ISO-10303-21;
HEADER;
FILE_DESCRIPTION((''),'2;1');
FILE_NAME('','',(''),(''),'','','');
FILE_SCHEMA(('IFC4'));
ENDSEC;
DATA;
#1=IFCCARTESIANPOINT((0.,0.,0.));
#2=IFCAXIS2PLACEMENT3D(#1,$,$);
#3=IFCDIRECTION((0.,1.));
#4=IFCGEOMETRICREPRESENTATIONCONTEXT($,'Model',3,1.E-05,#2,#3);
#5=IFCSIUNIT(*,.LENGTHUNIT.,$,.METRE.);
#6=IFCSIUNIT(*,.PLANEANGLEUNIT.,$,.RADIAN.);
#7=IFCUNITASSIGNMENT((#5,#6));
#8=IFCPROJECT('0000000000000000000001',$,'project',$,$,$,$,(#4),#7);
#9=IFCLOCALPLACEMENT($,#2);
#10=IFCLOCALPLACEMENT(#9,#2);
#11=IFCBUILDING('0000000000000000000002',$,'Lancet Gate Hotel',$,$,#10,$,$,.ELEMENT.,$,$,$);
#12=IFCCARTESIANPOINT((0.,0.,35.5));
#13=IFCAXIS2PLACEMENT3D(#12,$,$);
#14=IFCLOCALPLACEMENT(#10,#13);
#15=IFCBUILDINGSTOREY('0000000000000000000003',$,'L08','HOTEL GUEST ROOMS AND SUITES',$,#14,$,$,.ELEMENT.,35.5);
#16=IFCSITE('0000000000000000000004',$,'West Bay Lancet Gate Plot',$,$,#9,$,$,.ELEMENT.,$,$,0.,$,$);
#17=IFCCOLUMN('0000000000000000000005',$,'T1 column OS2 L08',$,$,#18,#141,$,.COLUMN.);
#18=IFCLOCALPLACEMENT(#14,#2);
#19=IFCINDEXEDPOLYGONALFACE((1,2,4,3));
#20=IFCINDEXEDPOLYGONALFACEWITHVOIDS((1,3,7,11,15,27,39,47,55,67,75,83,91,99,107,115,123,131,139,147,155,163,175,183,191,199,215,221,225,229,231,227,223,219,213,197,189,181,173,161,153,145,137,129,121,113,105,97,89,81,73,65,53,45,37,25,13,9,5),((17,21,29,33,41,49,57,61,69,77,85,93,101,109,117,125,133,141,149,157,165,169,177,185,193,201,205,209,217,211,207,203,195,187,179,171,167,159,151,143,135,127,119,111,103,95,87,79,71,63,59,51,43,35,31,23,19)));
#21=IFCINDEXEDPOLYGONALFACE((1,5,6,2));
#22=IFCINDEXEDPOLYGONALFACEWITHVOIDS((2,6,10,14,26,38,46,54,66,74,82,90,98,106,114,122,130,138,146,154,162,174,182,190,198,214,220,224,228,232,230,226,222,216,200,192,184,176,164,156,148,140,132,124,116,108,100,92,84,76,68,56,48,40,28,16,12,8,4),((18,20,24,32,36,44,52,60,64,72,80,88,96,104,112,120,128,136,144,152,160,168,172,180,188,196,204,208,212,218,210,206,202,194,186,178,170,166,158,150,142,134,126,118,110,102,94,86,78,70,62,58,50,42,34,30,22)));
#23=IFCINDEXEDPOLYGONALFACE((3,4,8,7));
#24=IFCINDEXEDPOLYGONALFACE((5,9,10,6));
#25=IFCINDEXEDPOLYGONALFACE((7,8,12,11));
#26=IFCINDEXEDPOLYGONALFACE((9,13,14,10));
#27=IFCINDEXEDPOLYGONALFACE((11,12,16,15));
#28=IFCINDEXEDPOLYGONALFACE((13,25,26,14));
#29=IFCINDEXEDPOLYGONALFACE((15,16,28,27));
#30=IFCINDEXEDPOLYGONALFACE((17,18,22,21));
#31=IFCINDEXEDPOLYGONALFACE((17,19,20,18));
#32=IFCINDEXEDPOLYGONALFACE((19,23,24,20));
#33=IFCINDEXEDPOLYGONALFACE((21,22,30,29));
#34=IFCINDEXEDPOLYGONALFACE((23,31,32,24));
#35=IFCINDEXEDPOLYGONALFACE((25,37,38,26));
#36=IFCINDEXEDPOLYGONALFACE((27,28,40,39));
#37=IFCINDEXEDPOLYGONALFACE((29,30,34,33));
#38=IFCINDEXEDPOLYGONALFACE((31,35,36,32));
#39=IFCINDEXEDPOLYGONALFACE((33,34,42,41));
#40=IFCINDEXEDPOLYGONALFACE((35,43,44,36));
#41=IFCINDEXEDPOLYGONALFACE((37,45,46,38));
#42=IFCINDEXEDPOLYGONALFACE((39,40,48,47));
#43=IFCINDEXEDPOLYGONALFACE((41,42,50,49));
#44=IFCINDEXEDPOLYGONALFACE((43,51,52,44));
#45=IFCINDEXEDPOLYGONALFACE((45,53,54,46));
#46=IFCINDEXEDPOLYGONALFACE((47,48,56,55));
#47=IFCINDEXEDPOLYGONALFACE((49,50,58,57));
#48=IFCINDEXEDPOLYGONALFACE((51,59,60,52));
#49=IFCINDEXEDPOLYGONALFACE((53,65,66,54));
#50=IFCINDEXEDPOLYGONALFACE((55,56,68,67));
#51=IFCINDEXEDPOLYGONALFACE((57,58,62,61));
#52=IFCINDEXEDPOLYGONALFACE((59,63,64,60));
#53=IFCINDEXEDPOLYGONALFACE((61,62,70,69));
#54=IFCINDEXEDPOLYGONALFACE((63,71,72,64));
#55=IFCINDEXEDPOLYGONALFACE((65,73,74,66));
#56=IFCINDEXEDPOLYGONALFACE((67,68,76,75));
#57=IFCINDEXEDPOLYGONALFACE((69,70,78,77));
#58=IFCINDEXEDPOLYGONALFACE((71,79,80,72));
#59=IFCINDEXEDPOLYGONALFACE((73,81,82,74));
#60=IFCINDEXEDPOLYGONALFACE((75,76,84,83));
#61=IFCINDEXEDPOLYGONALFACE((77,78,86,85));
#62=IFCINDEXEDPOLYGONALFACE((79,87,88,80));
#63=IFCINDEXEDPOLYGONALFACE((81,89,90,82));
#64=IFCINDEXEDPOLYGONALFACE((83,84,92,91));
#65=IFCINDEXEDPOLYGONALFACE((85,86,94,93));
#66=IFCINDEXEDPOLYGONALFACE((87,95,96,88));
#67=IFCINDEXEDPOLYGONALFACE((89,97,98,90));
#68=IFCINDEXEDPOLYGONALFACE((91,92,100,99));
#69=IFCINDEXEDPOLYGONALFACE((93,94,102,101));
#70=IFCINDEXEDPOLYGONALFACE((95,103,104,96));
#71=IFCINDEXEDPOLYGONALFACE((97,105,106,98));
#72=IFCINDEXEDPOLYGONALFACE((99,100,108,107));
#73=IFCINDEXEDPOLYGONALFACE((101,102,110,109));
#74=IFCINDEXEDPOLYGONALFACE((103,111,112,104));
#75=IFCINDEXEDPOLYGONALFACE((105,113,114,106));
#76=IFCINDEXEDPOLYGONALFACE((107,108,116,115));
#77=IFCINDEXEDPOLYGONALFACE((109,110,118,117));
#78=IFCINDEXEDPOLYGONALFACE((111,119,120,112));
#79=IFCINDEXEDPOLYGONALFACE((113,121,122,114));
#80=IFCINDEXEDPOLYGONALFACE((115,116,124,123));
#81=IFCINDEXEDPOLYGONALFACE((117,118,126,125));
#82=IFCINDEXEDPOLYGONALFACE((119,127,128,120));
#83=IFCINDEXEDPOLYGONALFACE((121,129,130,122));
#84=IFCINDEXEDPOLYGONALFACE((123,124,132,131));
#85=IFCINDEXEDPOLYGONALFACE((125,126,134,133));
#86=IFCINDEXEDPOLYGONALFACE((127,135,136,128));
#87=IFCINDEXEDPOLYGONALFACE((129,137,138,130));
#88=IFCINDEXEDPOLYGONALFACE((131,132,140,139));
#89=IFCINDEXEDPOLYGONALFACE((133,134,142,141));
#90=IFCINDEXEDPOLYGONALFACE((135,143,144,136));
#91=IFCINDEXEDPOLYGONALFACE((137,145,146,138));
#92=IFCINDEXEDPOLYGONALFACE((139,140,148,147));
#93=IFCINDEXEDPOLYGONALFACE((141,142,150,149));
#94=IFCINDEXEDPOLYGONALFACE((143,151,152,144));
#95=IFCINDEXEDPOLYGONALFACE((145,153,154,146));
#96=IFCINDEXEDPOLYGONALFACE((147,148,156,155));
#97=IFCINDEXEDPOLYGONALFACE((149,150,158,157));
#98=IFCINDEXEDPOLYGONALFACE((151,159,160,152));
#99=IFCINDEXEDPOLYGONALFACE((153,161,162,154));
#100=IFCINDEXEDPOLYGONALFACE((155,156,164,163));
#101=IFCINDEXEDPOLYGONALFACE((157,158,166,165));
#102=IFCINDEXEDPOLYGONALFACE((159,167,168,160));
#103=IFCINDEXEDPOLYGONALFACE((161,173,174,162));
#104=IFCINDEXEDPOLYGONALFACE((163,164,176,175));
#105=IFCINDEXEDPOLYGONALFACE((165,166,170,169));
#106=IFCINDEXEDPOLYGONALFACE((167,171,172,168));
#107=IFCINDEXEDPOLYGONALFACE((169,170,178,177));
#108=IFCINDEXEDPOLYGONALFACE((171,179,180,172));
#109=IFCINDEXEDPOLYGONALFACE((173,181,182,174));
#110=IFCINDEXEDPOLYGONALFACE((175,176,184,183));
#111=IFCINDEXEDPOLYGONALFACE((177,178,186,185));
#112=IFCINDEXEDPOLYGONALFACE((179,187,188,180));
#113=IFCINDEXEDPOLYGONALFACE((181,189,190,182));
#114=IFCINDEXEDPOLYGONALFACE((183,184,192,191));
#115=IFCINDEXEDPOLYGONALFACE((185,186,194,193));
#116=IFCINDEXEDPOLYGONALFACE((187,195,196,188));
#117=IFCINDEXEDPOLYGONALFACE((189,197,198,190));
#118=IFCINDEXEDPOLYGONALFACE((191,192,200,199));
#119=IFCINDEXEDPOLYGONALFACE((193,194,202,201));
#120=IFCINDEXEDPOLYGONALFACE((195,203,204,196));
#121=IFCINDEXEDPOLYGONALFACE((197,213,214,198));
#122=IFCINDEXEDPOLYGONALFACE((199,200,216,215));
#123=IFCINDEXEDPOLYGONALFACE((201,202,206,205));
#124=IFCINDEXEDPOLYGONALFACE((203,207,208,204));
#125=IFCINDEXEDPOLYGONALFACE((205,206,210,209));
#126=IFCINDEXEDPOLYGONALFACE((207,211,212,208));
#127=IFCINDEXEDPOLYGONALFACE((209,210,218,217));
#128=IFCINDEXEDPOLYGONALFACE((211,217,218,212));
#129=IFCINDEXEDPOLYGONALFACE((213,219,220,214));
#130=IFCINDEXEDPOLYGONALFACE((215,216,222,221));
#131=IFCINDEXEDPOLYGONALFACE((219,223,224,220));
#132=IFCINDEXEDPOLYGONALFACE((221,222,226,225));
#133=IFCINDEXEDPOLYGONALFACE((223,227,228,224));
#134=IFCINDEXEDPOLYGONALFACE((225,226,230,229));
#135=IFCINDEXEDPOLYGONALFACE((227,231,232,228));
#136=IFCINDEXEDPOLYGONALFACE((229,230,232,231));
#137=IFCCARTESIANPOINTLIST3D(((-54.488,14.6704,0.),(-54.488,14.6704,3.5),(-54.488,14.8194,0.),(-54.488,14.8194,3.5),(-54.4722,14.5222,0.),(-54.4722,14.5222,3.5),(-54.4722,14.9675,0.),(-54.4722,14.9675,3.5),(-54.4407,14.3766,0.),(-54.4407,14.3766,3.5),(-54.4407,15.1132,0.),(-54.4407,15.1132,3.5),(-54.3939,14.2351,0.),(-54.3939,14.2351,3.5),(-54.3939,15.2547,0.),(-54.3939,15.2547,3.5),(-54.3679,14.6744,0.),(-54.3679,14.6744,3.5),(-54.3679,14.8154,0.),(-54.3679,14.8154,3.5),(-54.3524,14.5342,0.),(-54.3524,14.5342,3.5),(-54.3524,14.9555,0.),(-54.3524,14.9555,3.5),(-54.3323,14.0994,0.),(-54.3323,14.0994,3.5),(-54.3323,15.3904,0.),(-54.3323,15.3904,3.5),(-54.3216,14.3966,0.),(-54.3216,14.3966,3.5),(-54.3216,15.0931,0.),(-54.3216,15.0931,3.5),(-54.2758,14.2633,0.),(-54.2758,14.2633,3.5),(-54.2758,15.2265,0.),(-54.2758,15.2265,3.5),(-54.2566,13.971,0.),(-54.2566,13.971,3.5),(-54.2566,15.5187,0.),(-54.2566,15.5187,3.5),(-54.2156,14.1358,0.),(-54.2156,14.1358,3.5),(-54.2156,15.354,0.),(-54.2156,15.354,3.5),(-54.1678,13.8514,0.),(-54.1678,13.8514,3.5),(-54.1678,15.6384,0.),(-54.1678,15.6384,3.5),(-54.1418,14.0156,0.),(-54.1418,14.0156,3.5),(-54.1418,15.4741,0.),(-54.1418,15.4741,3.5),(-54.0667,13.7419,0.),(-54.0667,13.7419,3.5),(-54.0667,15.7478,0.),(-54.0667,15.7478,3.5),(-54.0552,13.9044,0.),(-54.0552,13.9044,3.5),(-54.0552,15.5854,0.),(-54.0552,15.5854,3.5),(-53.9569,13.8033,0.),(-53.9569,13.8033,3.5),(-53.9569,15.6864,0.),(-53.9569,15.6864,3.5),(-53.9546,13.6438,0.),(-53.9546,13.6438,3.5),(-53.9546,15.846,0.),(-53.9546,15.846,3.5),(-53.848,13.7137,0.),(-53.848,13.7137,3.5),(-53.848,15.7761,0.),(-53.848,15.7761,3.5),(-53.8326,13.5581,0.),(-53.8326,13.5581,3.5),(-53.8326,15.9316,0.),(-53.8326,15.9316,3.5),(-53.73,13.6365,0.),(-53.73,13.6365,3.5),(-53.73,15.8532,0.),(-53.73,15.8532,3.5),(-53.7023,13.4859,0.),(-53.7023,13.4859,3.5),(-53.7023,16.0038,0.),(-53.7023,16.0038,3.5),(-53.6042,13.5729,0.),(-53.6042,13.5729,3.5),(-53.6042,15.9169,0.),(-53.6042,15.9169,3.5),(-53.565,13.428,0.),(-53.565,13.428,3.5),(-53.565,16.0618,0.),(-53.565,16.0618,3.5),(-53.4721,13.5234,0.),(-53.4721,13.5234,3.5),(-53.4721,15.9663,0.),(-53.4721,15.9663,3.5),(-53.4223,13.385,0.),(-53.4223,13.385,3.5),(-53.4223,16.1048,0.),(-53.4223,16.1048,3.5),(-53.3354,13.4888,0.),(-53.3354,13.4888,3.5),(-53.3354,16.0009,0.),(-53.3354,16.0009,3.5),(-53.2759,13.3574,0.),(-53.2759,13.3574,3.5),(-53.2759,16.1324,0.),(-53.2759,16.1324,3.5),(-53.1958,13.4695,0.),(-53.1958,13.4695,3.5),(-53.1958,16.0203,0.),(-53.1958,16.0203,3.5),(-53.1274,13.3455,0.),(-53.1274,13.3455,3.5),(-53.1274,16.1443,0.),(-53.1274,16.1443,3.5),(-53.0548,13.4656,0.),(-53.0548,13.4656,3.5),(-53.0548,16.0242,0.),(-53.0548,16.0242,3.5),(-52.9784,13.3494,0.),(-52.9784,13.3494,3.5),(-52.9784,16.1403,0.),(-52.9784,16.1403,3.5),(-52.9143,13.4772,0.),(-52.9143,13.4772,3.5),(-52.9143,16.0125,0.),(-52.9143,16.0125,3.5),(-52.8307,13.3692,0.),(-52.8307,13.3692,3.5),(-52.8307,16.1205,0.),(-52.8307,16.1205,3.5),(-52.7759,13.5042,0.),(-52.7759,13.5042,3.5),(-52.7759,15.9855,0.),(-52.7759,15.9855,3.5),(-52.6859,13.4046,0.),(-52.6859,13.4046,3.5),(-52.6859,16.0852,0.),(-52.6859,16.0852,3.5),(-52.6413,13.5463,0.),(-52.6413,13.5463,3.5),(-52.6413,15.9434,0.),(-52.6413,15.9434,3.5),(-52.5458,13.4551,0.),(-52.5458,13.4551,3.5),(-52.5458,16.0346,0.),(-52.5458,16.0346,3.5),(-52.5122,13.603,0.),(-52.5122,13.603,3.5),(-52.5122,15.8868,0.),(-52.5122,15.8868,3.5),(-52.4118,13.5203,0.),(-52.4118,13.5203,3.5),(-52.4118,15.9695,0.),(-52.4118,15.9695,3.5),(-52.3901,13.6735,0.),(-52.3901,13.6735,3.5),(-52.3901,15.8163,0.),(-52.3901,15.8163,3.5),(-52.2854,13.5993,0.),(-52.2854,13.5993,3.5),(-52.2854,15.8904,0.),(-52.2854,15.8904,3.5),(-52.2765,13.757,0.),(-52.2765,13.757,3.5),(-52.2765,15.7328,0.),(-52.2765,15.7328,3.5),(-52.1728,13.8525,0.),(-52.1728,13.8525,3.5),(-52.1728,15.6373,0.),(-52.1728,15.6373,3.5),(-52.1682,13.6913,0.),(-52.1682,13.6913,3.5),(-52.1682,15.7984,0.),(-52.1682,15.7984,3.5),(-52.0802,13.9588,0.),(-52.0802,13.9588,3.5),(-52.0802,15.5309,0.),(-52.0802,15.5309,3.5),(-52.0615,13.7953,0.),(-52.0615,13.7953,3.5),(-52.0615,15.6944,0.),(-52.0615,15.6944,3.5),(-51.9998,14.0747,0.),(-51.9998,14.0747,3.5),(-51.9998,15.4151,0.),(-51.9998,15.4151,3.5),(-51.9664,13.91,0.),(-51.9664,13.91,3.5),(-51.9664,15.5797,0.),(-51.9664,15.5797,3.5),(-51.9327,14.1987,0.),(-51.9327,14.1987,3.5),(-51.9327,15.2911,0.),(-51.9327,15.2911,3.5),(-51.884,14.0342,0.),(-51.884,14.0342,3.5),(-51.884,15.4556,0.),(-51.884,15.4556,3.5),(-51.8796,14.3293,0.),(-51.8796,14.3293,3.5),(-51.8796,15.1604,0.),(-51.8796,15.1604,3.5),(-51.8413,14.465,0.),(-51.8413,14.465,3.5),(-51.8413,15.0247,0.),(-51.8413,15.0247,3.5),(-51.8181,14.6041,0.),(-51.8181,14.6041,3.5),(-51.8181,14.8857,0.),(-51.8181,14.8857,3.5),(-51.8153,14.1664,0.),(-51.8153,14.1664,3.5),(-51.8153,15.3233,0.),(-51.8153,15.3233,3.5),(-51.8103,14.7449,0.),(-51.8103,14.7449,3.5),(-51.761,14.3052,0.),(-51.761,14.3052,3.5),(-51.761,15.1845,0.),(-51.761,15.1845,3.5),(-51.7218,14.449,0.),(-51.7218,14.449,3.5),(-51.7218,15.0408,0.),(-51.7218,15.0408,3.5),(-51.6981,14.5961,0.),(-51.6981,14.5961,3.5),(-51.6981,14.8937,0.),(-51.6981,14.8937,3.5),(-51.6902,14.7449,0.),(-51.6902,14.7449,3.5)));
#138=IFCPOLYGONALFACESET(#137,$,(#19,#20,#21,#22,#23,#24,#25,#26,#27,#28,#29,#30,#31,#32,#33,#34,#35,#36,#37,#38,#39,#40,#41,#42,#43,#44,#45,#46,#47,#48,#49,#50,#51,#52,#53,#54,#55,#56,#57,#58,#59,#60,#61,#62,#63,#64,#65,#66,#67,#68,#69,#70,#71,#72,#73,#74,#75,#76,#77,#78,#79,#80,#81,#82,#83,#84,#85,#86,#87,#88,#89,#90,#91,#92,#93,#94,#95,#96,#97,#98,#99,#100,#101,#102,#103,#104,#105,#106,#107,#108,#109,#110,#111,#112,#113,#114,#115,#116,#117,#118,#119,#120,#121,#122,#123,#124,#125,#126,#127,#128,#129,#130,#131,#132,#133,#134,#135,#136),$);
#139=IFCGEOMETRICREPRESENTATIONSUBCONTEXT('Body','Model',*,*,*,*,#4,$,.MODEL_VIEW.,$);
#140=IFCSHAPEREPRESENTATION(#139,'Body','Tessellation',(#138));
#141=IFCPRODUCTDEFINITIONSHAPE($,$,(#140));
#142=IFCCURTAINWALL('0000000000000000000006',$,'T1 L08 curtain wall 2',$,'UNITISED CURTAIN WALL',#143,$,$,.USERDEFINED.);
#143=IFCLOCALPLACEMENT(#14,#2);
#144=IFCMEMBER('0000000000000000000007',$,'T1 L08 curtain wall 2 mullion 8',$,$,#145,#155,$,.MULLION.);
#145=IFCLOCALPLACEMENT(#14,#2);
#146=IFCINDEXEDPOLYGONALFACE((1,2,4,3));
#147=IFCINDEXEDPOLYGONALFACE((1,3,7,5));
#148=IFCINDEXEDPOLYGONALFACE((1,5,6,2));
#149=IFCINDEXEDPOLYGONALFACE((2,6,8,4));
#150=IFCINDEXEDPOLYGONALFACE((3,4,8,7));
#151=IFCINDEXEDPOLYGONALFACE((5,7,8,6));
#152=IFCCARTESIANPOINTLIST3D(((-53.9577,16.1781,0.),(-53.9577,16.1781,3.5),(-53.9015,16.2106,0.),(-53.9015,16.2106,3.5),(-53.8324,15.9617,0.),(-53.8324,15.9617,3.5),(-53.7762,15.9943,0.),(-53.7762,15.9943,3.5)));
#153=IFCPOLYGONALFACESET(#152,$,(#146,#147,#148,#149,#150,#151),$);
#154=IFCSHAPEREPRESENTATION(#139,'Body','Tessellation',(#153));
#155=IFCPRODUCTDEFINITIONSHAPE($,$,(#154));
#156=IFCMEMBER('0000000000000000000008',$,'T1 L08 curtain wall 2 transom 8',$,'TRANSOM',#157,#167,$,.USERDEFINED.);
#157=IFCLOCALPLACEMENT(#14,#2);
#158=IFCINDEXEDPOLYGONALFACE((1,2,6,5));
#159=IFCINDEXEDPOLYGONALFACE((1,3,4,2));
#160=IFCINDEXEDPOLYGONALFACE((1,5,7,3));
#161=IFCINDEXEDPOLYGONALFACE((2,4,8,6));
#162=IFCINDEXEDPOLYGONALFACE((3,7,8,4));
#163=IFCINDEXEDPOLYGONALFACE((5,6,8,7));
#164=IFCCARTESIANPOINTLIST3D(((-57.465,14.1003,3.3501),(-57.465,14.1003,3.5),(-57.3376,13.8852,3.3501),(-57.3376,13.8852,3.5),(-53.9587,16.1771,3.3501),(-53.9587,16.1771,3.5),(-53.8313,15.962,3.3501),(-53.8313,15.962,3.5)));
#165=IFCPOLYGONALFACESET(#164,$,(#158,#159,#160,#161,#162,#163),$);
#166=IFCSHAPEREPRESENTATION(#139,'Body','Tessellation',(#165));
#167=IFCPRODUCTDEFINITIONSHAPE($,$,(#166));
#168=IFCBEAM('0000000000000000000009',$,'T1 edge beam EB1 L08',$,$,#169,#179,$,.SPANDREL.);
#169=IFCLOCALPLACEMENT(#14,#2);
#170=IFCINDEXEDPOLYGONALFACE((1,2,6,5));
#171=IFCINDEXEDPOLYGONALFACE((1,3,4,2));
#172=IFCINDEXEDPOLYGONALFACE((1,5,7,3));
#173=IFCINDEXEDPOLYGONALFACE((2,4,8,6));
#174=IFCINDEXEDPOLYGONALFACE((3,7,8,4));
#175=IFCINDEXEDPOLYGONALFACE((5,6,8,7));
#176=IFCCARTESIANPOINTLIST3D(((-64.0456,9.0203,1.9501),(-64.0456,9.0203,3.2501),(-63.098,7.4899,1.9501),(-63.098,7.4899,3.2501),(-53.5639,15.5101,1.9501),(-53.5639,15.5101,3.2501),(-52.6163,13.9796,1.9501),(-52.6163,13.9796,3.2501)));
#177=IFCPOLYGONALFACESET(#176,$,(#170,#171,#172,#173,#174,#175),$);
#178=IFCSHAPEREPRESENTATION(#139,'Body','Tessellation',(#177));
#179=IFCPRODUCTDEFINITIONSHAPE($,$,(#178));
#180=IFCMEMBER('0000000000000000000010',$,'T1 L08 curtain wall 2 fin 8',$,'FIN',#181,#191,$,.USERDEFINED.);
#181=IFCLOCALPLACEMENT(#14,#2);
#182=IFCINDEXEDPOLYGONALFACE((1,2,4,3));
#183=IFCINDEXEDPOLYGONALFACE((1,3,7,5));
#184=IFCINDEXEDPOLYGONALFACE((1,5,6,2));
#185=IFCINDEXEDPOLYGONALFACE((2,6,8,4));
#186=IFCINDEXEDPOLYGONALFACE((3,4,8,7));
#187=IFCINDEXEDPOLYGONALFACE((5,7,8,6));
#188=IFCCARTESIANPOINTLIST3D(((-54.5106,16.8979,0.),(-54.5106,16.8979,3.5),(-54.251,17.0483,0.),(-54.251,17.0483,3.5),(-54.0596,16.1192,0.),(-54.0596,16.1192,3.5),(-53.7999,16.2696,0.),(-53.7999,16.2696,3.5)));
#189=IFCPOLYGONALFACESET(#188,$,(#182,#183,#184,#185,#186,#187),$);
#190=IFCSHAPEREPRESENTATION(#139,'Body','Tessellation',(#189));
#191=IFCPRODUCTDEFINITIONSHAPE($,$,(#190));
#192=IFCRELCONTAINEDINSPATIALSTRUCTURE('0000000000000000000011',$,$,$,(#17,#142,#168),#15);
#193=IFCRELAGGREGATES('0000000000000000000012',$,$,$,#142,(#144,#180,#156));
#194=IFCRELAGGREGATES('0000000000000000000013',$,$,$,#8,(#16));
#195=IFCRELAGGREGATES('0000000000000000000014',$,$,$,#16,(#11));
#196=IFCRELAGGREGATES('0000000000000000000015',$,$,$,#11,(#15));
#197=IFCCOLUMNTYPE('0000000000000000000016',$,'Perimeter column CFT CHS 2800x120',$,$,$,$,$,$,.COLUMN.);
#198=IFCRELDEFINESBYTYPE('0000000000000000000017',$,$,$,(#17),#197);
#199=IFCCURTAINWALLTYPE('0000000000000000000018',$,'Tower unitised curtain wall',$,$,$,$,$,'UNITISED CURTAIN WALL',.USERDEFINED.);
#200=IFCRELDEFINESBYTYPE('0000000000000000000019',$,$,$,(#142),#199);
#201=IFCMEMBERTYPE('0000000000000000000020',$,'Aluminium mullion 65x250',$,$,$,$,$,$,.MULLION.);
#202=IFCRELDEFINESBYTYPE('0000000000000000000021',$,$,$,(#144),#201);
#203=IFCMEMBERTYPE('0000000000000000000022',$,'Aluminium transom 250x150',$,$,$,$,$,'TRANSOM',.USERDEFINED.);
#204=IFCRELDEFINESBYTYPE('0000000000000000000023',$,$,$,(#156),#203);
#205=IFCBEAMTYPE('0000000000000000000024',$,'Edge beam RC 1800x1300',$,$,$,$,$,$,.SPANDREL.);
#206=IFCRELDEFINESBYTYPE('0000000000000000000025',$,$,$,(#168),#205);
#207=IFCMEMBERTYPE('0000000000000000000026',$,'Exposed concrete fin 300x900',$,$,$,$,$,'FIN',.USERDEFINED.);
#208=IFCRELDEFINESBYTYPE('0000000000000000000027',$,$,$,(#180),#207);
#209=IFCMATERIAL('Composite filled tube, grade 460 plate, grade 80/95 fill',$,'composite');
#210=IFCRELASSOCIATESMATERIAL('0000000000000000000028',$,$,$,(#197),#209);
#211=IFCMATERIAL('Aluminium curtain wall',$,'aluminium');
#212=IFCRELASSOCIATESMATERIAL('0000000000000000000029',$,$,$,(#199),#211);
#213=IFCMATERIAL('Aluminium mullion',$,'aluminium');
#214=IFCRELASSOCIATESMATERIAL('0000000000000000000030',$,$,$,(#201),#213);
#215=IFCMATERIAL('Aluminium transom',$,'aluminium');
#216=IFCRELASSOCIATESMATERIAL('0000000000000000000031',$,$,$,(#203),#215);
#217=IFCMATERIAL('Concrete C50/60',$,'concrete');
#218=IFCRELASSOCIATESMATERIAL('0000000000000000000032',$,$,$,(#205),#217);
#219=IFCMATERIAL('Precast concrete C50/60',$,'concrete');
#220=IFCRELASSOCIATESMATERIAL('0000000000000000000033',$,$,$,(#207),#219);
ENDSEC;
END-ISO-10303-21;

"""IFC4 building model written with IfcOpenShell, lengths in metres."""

from ifc_helpers import new_model, si_unit, direction, frame, origin, origin_2d, place, context, subcontext, project, spatial, rectangle, hollow_circle, extrude, material, material_profile, profile_set, type_object, element, aggregate, save


model = new_model("IFC4")

# Units and contexts
model_context = context("Model", 3, precision=1e-05, world=origin(), true_north=direction((0.0, 1.0)))
body_context = subcontext(model_context, "Body", "Model", "MODEL_VIEW")
ifc_project = project(units=[si_unit("LENGTHUNIT", "METRE"), si_unit("PLANEANGLEUNIT", "RADIAN")], contexts=[model_context])

# Site, building, storey
site_placement = place(None, origin())
site = spatial("IfcSite", under=ifc_project, at=site_placement, Name="West Bay Lancet Gate Plot", CompositionType="ELEMENT", RefElevation=0.0)
building_placement = place(site_placement, origin())
building = spatial("IfcBuilding", under=site, at=building_placement, Name="Lancet Gate Hotel", CompositionType="ELEMENT")
storey_placement = place(building_placement, frame((0.0, 0.0, 35.5)))
storey = spatial("IfcBuildingStorey", under=building, at=storey_placement, Name="L08", Description="HOTEL GUEST ROOMS AND SUITES", CompositionType="ELEMENT", Elevation=35.5)

# Column
ifc_material_1 = material(Name="Composite filled tube, grade 460 plate, grade 80/95 fill", Category="composite")
ifc_material_profile_1 = material_profile(ifc_material_1, hollow_circle(Radius=1.3999, WallThickness=0.1201, at=origin_2d()), Name="CHS 2800x120")
ifc_profile_set_1 = profile_set([ifc_material_profile_1], Name="Composite filled tube, grade 460 plate, grade 80/95 fill")
column_type = type_object("IfcColumnType", Name="Perimeter column CFT CHS 2800x120", PredefinedType="COLUMN", material=ifc_profile_set_1)
column_placement = place(storey_placement, frame((-53.0901, 14.7449, 0.0), z_axis=(0.0, 0.0, 1.0), x_axis=(1.0, 0.0, 0.0)))
element("IfcColumn", 1, at=column_placement, inside=storey, type_object=column_type, Name="T1 column OS2 L08", PredefinedType="COLUMN", context=body_context, shape_type="SweptSolid", body=[
    extrude(hollow_circle(Radius=1.3999, WallThickness=0.1201, at=origin_2d()), origin(), (0.0, 0.0, 1.0), 3.5),
])

# Curtain wall, members
ifc_material_2 = material(Name="Aluminium curtain wall", Category="aluminium")
curtain_wall_type = type_object("IfcCurtainWallType", Name="Tower unitised curtain wall", ElementType="UNITISED CURTAIN WALL", PredefinedType="USERDEFINED", material=ifc_material_2)
curtain_wall_placement = place(storey_placement, origin())
curtain_wall = element("IfcCurtainWall", 2, at=curtain_wall_placement, inside=storey, type_object=curtain_wall_type, Name="T1 L08 curtain wall 2", ObjectType="UNITISED CURTAIN WALL", PredefinedType="USERDEFINED")
ifc_material_3 = material(Name="Aluminium mullion", Category="aluminium")
ifc_material_profile_2 = material_profile(ifc_material_3, rectangle(XDim=0.0649, YDim=0.25, at=origin_2d()), Name="MULLION 65x250")
ifc_profile_set_2 = profile_set([ifc_material_profile_2], Name="Aluminium mullion")
member_type_1 = type_object("IfcMemberType", Name="Aluminium mullion 65x250", PredefinedType="MULLION", material=ifc_profile_set_2)
member_1_placement = place(storey_placement, frame((-53.8669, 16.0862, 0.0), z_axis=(0.0, 0.0, 1.0), x_axis=(-0.865335, -0.501194, 0.0)))
member_1 = element("IfcMember", 3, at=member_1_placement, type_object=member_type_1, Name="T1 L08 curtain wall 2 mullion 8", PredefinedType="MULLION", context=body_context, shape_type="SweptSolid", body=[
    extrude(rectangle(XDim=0.0649, YDim=0.25, at=origin_2d()), origin(), (0.0, 0.0, 1.0), 3.5),
])
ifc_material_4 = material(Name="Aluminium transom", Category="aluminium")
ifc_material_profile_3 = material_profile(ifc_material_4, rectangle(XDim=0.25, YDim=0.1499, at=origin_2d()), Name="TRANSOM 250x150")
ifc_profile_set_3 = profile_set([ifc_material_profile_3], Name="Aluminium transom")
member_type_2 = type_object("IfcMemberType", Name="Aluminium transom 250x150", ElementType="TRANSOM", PredefinedType="USERDEFINED", material=ifc_profile_set_3)
member_2_placement = place(storey_placement, frame((-53.895, 16.0696, 3.425), z_axis=(-0.860392, -0.509633, 0.0), x_axis=(0.509633, -0.860392, 0.0)))
member_2 = element("IfcMember", 4, at=member_2_placement, type_object=member_type_2, Name="T1 L08 curtain wall 2 transom 8", ObjectType="TRANSOM", PredefinedType="USERDEFINED", context=body_context, shape_type="SweptSolid", body=[
    extrude(rectangle(XDim=0.25, YDim=0.1499, at=origin_2d()), origin(), (0.0, 0.0, 1.0), 4.0752),
])

# Beam
ifc_material_5 = material(Name="Concrete C50/60", Category="concrete")
ifc_material_profile_4 = material_profile(ifc_material_5, rectangle(XDim=1.8, YDim=1.3, at=origin_2d()), Name="RC 1800x1300")
ifc_profile_set_4 = profile_set([ifc_material_profile_4], Name="Concrete C50/60")
beam_type_1 = type_object("IfcBeamType", Name="Edge beam RC 1800x1300", PredefinedType="SPANDREL", material=ifc_profile_set_4)
beam_1_placement = place(storey_placement, frame((-53.0901, 14.7449, 2.6001), z_axis=(-0.850226, -0.526418, 0.0), x_axis=(0.526418, -0.850226, 0.0)))
element("IfcBeam", 5, at=beam_1_placement, inside=storey, type_object=beam_type_1, Name="T1 edge beam EB1 L08", PredefinedType="SPANDREL", context=body_context, shape_type="SweptSolid", body=[
    extrude(rectangle(XDim=1.8, YDim=1.3, at=origin_2d()), origin(), (0.0, 0.0, 1.0), 12.3281),
])

# Member
ifc_material_6 = material(Name="Precast concrete C50/60", Category="concrete")
ifc_material_profile_5 = material_profile(ifc_material_6, rectangle(XDim=0.3, YDim=0.8999, at=origin_2d()), Name="FIN 300x900")
ifc_profile_set_5 = profile_set([ifc_material_profile_5], Name="Precast concrete C50/60")
member_type_3 = type_object("IfcMemberType", Name="Exposed concrete fin 300x900", ElementType="FIN", PredefinedType="USERDEFINED", material=ifc_profile_set_5)
member_3_placement = place(storey_placement, frame((-54.1553, 16.5837, 0.0), z_axis=(0.0, 0.0, 1.0), x_axis=(-0.865335, -0.501194, 0.0)))
member_3 = element("IfcMember", 6, at=member_3_placement, type_object=member_type_3, Name="T1 L08 curtain wall 2 fin 8", ObjectType="FIN", PredefinedType="USERDEFINED", context=body_context, shape_type="SweptSolid", body=[
    extrude(rectangle(XDim=0.3, YDim=0.8999, at=origin_2d()), origin(), (0.0, 0.0, 1.0), 3.5),
])
aggregate(curtain_wall, [member_1, member_3, member_2])

save(model, "model.ifc")
